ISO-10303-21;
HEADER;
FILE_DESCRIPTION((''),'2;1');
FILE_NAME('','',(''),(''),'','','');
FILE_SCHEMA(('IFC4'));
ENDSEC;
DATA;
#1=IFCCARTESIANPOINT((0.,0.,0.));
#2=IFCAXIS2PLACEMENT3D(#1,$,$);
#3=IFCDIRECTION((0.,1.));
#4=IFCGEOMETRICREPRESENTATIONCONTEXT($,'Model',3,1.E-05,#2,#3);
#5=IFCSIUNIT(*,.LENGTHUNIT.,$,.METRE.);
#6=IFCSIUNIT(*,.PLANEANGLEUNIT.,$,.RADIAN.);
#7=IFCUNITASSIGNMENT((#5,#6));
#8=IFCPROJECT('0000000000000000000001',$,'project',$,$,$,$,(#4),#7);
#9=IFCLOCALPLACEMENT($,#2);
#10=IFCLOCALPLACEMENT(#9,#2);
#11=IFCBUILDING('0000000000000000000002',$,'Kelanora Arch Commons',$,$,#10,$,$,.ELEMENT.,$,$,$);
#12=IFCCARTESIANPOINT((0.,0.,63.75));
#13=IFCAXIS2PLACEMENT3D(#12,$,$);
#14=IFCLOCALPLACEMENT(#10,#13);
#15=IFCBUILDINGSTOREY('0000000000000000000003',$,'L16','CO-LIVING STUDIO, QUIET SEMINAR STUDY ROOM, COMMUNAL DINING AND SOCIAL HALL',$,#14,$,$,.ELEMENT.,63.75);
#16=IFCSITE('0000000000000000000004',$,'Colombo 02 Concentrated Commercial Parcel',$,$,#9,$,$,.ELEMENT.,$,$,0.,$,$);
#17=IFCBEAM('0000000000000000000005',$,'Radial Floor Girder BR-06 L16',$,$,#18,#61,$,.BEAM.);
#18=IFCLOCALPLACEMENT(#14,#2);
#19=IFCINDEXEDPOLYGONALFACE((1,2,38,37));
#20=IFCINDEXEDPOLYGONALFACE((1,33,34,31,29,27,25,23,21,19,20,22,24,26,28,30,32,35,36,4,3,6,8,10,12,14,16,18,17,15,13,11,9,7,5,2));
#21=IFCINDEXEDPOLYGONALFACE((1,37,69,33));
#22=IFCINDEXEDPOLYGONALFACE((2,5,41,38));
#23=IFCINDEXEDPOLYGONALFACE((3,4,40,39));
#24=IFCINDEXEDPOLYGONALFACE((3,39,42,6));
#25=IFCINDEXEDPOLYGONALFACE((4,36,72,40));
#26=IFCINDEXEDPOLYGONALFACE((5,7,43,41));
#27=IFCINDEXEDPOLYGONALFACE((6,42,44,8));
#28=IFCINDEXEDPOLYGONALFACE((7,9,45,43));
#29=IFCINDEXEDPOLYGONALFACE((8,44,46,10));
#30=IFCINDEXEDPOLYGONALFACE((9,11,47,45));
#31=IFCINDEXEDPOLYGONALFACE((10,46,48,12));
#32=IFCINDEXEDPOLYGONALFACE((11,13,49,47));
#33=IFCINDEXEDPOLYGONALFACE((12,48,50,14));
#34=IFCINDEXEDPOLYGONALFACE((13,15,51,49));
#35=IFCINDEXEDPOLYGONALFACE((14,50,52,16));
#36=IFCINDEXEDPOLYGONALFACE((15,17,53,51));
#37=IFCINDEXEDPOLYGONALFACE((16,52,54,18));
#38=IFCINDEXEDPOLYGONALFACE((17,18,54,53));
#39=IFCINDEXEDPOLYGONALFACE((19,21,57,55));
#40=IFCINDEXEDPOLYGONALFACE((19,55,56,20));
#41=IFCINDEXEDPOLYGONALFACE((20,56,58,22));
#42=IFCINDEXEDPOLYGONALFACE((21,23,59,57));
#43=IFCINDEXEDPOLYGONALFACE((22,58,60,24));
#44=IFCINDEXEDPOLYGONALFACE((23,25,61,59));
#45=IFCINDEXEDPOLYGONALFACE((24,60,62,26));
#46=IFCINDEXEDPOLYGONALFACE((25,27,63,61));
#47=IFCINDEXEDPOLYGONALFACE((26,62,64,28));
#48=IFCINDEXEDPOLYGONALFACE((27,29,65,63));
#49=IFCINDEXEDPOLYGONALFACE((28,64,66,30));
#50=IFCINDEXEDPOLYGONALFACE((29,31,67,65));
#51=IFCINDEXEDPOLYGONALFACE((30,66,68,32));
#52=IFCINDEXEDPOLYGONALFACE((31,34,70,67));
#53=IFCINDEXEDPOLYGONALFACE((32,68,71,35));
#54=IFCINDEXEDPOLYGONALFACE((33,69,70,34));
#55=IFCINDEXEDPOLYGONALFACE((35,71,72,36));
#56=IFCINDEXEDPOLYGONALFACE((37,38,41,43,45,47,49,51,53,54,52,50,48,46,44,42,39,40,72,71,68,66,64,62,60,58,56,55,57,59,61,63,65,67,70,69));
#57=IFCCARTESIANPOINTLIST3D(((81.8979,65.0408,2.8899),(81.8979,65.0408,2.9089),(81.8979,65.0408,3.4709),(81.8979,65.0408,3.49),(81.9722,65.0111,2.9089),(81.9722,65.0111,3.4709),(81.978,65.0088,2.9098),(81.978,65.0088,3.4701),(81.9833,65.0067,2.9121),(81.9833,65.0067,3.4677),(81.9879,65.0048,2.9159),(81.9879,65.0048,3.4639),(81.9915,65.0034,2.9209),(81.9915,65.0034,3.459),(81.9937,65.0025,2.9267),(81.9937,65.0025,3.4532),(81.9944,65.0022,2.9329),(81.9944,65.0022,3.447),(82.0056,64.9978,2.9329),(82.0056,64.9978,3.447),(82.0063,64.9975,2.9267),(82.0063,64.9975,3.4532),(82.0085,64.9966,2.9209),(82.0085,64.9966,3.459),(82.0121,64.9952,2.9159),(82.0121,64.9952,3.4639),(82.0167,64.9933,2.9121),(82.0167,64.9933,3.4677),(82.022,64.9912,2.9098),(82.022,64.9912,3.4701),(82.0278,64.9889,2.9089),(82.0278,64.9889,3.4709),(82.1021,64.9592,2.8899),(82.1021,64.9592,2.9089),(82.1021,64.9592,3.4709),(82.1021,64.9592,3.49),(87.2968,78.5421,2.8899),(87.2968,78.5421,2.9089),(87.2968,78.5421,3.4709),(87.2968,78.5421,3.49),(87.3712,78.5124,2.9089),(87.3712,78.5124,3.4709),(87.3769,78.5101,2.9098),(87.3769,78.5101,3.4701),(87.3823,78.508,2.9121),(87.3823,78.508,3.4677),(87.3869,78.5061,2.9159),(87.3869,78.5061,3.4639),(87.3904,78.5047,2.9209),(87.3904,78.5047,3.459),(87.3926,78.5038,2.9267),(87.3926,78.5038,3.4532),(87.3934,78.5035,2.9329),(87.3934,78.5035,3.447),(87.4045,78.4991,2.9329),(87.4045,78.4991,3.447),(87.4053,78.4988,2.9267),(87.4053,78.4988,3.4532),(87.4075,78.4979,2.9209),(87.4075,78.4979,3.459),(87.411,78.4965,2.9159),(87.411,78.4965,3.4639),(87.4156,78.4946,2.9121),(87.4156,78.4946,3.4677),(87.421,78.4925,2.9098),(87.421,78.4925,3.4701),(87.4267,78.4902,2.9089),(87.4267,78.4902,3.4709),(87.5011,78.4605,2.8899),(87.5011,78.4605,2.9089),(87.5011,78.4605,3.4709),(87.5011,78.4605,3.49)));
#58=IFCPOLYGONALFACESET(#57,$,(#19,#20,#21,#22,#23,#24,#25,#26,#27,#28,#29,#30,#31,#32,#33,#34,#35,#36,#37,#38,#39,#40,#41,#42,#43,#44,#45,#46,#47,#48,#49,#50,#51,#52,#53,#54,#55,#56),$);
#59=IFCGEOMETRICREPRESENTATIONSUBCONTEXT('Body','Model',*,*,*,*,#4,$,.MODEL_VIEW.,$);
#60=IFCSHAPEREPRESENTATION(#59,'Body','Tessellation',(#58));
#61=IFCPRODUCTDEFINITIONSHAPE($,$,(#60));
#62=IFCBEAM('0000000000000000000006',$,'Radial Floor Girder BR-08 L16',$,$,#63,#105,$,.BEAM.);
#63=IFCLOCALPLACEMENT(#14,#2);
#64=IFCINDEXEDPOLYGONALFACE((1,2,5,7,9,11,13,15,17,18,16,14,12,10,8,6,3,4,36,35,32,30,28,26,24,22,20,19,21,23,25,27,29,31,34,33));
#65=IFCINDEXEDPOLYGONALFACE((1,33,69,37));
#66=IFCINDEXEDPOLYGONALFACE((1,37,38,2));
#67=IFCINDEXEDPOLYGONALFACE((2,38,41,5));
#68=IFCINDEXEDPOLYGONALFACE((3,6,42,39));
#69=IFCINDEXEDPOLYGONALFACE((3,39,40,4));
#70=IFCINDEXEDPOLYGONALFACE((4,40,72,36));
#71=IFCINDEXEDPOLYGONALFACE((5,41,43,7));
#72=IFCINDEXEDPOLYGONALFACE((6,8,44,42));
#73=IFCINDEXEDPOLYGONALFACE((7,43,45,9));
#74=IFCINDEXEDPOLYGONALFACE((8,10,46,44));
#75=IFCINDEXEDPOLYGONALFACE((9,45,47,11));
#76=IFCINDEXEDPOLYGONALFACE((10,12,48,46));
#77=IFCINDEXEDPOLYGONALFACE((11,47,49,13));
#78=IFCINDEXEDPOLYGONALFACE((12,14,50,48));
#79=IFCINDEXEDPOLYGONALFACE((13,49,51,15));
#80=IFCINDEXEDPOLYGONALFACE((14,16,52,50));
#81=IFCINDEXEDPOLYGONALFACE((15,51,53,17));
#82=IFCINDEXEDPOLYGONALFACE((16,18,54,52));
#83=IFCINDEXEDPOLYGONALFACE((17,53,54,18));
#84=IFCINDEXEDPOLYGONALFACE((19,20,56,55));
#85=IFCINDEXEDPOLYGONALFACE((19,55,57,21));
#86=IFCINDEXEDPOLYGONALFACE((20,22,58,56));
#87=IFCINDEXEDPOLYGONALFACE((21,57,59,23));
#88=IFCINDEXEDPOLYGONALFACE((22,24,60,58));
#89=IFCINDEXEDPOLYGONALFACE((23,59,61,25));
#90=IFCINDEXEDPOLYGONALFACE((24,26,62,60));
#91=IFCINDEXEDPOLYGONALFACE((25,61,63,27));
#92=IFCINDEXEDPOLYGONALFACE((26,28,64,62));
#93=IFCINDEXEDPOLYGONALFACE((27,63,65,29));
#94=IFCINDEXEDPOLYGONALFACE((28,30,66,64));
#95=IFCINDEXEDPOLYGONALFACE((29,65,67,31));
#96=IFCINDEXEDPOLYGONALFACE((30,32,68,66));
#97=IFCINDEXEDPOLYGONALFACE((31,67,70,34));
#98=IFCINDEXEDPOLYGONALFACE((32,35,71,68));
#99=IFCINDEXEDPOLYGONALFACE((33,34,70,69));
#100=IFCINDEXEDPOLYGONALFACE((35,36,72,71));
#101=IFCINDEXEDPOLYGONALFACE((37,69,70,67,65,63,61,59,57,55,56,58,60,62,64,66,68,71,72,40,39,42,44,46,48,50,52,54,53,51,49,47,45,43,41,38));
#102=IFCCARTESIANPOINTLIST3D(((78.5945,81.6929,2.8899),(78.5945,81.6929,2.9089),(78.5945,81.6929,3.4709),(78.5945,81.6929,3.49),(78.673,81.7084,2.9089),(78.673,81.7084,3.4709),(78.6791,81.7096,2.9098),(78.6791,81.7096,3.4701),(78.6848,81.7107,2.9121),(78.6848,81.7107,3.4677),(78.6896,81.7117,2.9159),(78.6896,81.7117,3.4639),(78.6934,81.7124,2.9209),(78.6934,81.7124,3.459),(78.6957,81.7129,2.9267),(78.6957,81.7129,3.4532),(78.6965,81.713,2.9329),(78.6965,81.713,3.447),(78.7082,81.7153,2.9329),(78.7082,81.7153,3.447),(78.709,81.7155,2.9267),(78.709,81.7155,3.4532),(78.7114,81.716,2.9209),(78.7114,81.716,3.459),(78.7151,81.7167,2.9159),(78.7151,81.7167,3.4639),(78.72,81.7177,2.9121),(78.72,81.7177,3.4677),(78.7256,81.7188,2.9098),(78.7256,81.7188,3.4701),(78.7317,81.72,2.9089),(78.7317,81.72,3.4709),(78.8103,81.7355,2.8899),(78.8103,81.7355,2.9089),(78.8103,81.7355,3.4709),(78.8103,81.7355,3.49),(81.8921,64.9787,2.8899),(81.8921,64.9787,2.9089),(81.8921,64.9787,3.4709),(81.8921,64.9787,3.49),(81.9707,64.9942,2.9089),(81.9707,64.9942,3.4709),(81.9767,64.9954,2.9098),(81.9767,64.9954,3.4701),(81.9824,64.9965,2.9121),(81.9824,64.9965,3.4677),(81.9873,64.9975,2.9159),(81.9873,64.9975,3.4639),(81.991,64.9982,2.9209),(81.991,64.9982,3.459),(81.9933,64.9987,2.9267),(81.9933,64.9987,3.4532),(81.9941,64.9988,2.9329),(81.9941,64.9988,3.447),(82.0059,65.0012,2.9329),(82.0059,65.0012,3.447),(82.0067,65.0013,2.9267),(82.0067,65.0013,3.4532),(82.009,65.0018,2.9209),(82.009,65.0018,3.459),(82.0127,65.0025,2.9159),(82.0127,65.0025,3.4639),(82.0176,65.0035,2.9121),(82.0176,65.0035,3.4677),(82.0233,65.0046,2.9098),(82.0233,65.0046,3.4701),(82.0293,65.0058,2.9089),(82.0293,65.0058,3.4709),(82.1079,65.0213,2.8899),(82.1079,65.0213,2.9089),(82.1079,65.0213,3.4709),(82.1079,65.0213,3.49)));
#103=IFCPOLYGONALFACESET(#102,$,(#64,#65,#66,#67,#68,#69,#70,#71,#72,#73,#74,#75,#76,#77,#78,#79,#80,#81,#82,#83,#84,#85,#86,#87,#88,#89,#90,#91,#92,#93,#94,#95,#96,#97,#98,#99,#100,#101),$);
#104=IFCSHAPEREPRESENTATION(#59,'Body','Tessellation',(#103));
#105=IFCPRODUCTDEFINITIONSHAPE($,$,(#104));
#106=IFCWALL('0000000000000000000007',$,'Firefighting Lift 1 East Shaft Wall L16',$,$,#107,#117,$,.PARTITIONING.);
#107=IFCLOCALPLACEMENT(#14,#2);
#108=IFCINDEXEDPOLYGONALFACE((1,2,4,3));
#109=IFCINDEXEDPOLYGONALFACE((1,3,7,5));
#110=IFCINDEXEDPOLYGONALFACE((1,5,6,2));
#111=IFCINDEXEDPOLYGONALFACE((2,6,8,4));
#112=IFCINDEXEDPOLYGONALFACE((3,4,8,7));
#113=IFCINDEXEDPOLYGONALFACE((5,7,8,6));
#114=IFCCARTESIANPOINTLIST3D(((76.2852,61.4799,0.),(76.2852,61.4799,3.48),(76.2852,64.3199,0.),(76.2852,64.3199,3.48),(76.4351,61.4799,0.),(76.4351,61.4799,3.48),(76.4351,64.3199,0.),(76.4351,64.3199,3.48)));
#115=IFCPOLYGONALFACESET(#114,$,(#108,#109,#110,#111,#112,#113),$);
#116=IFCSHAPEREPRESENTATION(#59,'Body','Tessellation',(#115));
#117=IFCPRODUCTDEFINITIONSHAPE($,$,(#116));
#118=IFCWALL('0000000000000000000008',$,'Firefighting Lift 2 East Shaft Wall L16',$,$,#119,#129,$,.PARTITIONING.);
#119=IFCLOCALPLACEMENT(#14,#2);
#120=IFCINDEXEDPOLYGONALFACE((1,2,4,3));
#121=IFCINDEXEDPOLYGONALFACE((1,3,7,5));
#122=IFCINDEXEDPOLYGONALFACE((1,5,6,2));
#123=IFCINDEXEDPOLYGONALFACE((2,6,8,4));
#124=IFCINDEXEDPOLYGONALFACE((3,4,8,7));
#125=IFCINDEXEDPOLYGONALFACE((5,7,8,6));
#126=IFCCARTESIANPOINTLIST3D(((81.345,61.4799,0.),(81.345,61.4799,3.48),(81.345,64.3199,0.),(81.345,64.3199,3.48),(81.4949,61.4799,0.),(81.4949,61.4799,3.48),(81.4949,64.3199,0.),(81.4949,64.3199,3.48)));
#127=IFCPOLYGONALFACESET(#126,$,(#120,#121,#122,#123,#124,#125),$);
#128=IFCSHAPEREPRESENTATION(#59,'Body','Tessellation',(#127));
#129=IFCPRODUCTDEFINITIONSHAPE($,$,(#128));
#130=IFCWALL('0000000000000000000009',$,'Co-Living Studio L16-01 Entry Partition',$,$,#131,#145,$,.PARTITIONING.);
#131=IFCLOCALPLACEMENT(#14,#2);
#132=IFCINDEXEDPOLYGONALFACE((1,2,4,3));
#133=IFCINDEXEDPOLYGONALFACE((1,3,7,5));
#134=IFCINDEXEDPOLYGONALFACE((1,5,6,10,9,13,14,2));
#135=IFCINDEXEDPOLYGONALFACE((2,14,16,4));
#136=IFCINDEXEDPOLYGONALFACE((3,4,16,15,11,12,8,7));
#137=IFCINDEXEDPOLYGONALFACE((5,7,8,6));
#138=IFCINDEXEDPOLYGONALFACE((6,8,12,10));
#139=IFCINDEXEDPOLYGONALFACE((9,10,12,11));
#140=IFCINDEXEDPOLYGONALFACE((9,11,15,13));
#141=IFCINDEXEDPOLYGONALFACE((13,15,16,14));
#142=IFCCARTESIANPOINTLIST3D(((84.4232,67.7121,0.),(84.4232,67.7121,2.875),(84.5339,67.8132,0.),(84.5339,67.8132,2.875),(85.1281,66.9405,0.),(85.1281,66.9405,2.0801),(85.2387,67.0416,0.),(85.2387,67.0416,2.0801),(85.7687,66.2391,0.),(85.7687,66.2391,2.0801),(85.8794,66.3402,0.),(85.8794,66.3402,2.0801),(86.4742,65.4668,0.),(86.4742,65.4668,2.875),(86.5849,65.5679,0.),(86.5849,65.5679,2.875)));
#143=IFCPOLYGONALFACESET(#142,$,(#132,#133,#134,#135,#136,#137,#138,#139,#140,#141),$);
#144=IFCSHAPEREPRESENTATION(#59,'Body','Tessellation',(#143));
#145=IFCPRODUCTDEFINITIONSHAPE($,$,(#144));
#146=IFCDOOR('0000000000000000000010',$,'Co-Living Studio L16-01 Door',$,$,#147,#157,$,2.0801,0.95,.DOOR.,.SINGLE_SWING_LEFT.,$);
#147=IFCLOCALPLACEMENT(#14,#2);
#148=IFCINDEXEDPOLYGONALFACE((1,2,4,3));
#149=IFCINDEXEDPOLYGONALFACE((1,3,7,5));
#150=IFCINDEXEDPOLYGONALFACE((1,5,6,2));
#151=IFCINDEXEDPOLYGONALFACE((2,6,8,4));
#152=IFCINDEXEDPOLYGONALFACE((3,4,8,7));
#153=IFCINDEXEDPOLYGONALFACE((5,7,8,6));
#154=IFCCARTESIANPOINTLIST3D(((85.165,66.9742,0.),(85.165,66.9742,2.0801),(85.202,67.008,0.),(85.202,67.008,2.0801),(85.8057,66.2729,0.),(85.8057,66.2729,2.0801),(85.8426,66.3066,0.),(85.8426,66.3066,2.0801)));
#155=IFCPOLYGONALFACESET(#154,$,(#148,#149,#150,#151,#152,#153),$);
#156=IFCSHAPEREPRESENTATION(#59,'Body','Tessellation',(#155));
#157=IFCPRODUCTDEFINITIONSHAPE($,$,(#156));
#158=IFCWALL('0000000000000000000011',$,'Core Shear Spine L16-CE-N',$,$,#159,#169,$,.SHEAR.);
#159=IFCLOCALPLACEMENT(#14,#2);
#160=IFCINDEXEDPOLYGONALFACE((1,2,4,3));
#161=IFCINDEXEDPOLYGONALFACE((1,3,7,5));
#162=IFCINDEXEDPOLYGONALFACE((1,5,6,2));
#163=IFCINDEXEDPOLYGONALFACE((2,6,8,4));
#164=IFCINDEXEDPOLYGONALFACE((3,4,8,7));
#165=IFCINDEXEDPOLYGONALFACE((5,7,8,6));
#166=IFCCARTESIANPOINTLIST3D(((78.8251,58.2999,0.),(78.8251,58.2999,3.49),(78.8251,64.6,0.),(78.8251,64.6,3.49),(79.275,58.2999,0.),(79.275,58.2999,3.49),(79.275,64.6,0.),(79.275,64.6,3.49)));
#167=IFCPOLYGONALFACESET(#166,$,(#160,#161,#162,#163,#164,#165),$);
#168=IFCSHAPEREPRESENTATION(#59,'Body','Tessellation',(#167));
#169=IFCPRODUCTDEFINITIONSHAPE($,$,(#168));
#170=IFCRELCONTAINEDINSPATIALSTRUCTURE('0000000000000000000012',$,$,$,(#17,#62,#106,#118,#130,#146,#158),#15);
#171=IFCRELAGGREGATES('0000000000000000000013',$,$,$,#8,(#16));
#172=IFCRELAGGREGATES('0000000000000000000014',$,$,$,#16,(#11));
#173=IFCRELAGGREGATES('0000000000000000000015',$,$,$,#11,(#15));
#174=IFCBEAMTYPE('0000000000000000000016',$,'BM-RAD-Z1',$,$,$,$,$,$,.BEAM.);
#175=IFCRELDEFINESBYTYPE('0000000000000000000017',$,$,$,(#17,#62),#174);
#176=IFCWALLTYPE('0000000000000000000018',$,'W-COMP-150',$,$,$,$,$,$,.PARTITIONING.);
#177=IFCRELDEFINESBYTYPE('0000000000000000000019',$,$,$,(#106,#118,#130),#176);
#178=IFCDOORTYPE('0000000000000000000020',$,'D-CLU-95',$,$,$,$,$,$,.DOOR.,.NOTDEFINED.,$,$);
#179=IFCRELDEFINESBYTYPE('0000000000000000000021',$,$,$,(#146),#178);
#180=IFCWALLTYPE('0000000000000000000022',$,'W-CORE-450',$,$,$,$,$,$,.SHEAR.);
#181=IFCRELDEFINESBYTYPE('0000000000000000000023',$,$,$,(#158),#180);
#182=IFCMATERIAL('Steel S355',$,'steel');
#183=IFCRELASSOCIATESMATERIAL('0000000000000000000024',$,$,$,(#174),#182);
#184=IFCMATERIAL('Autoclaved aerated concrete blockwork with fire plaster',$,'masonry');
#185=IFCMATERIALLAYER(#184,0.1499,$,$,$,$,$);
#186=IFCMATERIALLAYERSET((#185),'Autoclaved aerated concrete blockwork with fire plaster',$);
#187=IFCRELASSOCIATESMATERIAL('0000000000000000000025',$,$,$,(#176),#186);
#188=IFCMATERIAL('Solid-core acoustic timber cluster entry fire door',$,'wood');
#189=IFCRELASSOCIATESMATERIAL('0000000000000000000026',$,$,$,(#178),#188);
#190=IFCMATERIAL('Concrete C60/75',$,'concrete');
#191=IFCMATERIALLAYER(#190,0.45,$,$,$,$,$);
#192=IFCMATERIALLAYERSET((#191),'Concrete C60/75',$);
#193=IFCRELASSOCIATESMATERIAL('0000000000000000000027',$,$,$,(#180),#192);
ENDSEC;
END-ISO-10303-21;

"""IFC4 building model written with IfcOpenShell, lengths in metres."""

from ifc_helpers import new_model, si_unit, direction, frame, frame_2d, origin, origin_2d, place, context, subcontext, project, spatial, rectangle, i_section, extrude, material, layer, layer_set, material_profile, profile_set, type_object, element, fill, save


model = new_model("IFC4")

# Units and contexts
model_context = context("Model", 3, precision=1e-05, world=origin(), true_north=direction((0.0, 1.0)))
body_context = subcontext(model_context, "Body", "Model", "MODEL_VIEW")
ifc_project = project(units=[si_unit("LENGTHUNIT", "METRE"), si_unit("PLANEANGLEUNIT", "RADIAN")], contexts=[model_context])

# Site, building, storey
site_placement = place(None, origin())
site = spatial("IfcSite", under=ifc_project, at=site_placement, Name="Colombo 02 Concentrated Commercial Parcel", CompositionType="ELEMENT", RefElevation=0.0)
building_placement = place(site_placement, origin())
building = spatial("IfcBuilding", under=site, at=building_placement, Name="Kelanora Arch Commons", CompositionType="ELEMENT")
storey_placement = place(building_placement, frame((0.0, 0.0, 63.75)))
storey = spatial("IfcBuildingStorey", under=building, at=storey_placement, Name="L16", Description="CO-LIVING STUDIO, QUIET SEMINAR STUDY ROOM, COMMUNAL DINING AND SOCIAL HALL", CompositionType="ELEMENT", Elevation=63.75)

# Shared definitions
ifc_material_1 = material(Name="Concrete C60/75", Category="concrete")

# Beams
ifc_material_2 = material(Name="Steel S355", Category="steel")
ifc_material_profile_1 = material_profile(ifc_material_2, i_section(OverallWidth=0.22, OverallDepth=0.6001, WebThickness=0.012, FlangeThickness=0.019, FilletRadius=0.0239, at=origin_2d()), Name="IPE600")
ifc_profile_set_1 = profile_set([ifc_material_profile_1], Name="Steel S355")
beam_type_1 = type_object("IfcBeamType", Name="BM-RAD-Z1", PredefinedType="BEAM", material=ifc_profile_set_1)
beam_1_placement = place(storey_placement, frame((82.0, 65.0, 3.1899), z_axis=(0.371298, 0.928514, 0.0), x_axis=(-0.928514, 0.371298, 0.0)))
element("IfcBeam", 1, at=beam_1_placement, inside=storey, type_object=beam_type_1, Name="Radial Floor Girder BR-06 L16", PredefinedType="BEAM", context=body_context, shape_type="SweptSolid", body=[
    extrude(i_section(OverallWidth=0.22, OverallDepth=0.6001, WebThickness=0.012, FlangeThickness=0.019, FilletRadius=0.0239, at=origin_2d()), origin(), (0.0, 0.0, 1.0), 14.5408),
])
beam_2_placement = place(storey_placement, frame((82.0, 65.0, 3.1899), z_axis=(-0.193564, 0.981088, 0.0), x_axis=(-0.981088, -0.193564, 0.0)))
element("IfcBeam", 2, at=beam_2_placement, inside=storey, type_object=beam_type_1, Name="Radial Floor Girder BR-08 L16", PredefinedType="BEAM", context=body_context, shape_type="SweptSolid", body=[
    extrude(i_section(OverallWidth=0.22, OverallDepth=0.6001, WebThickness=0.012, FlangeThickness=0.019, FilletRadius=0.0239, at=origin_2d()), origin(), (0.0, 0.0, 1.0), 17.0364),
])

# Walls
ifc_material_3 = material(Name="Autoclaved aerated concrete blockwork with fire plaster", Category="masonry")
ifc_layer_1 = layer(ifc_material_3, 0.1499)
ifc_layer_set_1 = layer_set([ifc_layer_1], Name="Autoclaved aerated concrete blockwork with fire plaster")
wall_type_1 = type_object("IfcWallType", Name="W-COMP-150", PredefinedType="PARTITIONING", material=ifc_layer_set_1)
for number, where, z_axis, x_axis, name in (
    (3, (76.3601, 61.48, 0.0), (0.0, 0.0, 1.0), (0.0, 1.0, 0.0), "Firefighting Lift 1 East Shaft Wall L16"),
    (4, (81.4199, 61.48, 0.0), (0.0, 0.0, 1.0), (0.0, 1.0, 0.0), "Firefighting Lift 2 East Shaft Wall L16"),
):
    element("IfcWall", number, at=place(storey_placement, frame(where, z_axis=z_axis, x_axis=x_axis)), inside=storey, type_object=wall_type_1, Name=name, PredefinedType="PARTITIONING", context=body_context, shape_type="SweptSolid", body=[
        extrude(rectangle(XDim=2.8401, YDim=0.1499, at=frame_2d((1.4199, 0.0))), origin(), (0.0, 0.0, 1.0), 3.48),
    ])

# Wall, opening, door
wall_1_placement = place(storey_placement, frame((86.5295, 65.5173, 0.0), z_axis=(0.0, 0.0, 1.0), x_axis=(-0.674433, 0.738336, 0.0)))
wall_1 = element("IfcWall", 5, at=wall_1_placement, inside=storey, type_object=wall_type_1, Name="Co-Living Studio L16-01 Entry Partition", PredefinedType="PARTITIONING", context=body_context, shape_type="SweptSolid", body=[
    extrude(rectangle(XDim=3.041, YDim=0.1499, at=frame_2d((1.5205, 0.0))), origin(), (0.0, 0.0, 1.0), 2.875),
])
opening_1_placement = place(wall_1_placement, frame((1.0459, 0.0, 0.0)))
opening_1 = element("IfcOpeningElement", 6, at=opening_1_placement, cuts=wall_1, PredefinedType="OPENING", context=body_context, shape_type="SweptSolid", body=[
    extrude(rectangle(XDim=0.95, YDim=2.0801, at=frame_2d((0.4751, 1.04))), frame((0.0, 0.085, 0.0), z_axis=(0.0, -1.0, 0.0), x_axis=(1.0, 0.0, 0.0)), (0.0, 0.0, 1.0), 0.1699),
])
ifc_material_4 = material(Name="Solid-core acoustic timber cluster entry fire door", Category="wood")
door_type_1 = type_object("IfcDoorType", Name="D-CLU-95", OperationType="NOTDEFINED", PredefinedType="DOOR", material=ifc_material_4)
door_1_placement = place(opening_1_placement, origin())
door_1 = element("IfcDoor", 7, at=door_1_placement, inside=storey, type_object=door_type_1, Name="Co-Living Studio L16-01 Door", OperationType="SINGLE_SWING_LEFT", OverallHeight=2.0801, OverallWidth=0.95, PredefinedType="DOOR", context=body_context, shape_type="SweptSolid", body=[
    extrude(rectangle(XDim=0.95, YDim=2.0801, at=frame_2d((0.4751, 1.04))), frame((0.0, 0.0249, 0.0), z_axis=(0.0, -1.0, 0.0), x_axis=(1.0, 0.0, 0.0)), (0.0, 0.0, 1.0), 0.05),
])
fill(opening_1, door_1)

# Wall
ifc_layer_2 = layer(ifc_material_1, 0.45)
ifc_layer_set_2 = layer_set([ifc_layer_2], Name="Concrete C60/75")
wall_type_2 = type_object("IfcWallType", Name="W-CORE-450", PredefinedType="SHEAR", material=ifc_layer_set_2)
wall_2_placement = place(storey_placement, frame((79.05, 58.3, 0.0), z_axis=(0.0, 0.0, 1.0), x_axis=(0.0, 1.0, 0.0)))
element("IfcWall", 8, at=wall_2_placement, inside=storey, type_object=wall_type_2, Name="Core Shear Spine L16-CE-N", PredefinedType="SHEAR", context=body_context, shape_type="SweptSolid", body=[
    extrude(rectangle(XDim=6.3, YDim=0.45, at=frame_2d((3.1499, 0.0))), origin(), (0.0, 0.0, 1.0), 3.49),
])

save(model, "model.ifc")
